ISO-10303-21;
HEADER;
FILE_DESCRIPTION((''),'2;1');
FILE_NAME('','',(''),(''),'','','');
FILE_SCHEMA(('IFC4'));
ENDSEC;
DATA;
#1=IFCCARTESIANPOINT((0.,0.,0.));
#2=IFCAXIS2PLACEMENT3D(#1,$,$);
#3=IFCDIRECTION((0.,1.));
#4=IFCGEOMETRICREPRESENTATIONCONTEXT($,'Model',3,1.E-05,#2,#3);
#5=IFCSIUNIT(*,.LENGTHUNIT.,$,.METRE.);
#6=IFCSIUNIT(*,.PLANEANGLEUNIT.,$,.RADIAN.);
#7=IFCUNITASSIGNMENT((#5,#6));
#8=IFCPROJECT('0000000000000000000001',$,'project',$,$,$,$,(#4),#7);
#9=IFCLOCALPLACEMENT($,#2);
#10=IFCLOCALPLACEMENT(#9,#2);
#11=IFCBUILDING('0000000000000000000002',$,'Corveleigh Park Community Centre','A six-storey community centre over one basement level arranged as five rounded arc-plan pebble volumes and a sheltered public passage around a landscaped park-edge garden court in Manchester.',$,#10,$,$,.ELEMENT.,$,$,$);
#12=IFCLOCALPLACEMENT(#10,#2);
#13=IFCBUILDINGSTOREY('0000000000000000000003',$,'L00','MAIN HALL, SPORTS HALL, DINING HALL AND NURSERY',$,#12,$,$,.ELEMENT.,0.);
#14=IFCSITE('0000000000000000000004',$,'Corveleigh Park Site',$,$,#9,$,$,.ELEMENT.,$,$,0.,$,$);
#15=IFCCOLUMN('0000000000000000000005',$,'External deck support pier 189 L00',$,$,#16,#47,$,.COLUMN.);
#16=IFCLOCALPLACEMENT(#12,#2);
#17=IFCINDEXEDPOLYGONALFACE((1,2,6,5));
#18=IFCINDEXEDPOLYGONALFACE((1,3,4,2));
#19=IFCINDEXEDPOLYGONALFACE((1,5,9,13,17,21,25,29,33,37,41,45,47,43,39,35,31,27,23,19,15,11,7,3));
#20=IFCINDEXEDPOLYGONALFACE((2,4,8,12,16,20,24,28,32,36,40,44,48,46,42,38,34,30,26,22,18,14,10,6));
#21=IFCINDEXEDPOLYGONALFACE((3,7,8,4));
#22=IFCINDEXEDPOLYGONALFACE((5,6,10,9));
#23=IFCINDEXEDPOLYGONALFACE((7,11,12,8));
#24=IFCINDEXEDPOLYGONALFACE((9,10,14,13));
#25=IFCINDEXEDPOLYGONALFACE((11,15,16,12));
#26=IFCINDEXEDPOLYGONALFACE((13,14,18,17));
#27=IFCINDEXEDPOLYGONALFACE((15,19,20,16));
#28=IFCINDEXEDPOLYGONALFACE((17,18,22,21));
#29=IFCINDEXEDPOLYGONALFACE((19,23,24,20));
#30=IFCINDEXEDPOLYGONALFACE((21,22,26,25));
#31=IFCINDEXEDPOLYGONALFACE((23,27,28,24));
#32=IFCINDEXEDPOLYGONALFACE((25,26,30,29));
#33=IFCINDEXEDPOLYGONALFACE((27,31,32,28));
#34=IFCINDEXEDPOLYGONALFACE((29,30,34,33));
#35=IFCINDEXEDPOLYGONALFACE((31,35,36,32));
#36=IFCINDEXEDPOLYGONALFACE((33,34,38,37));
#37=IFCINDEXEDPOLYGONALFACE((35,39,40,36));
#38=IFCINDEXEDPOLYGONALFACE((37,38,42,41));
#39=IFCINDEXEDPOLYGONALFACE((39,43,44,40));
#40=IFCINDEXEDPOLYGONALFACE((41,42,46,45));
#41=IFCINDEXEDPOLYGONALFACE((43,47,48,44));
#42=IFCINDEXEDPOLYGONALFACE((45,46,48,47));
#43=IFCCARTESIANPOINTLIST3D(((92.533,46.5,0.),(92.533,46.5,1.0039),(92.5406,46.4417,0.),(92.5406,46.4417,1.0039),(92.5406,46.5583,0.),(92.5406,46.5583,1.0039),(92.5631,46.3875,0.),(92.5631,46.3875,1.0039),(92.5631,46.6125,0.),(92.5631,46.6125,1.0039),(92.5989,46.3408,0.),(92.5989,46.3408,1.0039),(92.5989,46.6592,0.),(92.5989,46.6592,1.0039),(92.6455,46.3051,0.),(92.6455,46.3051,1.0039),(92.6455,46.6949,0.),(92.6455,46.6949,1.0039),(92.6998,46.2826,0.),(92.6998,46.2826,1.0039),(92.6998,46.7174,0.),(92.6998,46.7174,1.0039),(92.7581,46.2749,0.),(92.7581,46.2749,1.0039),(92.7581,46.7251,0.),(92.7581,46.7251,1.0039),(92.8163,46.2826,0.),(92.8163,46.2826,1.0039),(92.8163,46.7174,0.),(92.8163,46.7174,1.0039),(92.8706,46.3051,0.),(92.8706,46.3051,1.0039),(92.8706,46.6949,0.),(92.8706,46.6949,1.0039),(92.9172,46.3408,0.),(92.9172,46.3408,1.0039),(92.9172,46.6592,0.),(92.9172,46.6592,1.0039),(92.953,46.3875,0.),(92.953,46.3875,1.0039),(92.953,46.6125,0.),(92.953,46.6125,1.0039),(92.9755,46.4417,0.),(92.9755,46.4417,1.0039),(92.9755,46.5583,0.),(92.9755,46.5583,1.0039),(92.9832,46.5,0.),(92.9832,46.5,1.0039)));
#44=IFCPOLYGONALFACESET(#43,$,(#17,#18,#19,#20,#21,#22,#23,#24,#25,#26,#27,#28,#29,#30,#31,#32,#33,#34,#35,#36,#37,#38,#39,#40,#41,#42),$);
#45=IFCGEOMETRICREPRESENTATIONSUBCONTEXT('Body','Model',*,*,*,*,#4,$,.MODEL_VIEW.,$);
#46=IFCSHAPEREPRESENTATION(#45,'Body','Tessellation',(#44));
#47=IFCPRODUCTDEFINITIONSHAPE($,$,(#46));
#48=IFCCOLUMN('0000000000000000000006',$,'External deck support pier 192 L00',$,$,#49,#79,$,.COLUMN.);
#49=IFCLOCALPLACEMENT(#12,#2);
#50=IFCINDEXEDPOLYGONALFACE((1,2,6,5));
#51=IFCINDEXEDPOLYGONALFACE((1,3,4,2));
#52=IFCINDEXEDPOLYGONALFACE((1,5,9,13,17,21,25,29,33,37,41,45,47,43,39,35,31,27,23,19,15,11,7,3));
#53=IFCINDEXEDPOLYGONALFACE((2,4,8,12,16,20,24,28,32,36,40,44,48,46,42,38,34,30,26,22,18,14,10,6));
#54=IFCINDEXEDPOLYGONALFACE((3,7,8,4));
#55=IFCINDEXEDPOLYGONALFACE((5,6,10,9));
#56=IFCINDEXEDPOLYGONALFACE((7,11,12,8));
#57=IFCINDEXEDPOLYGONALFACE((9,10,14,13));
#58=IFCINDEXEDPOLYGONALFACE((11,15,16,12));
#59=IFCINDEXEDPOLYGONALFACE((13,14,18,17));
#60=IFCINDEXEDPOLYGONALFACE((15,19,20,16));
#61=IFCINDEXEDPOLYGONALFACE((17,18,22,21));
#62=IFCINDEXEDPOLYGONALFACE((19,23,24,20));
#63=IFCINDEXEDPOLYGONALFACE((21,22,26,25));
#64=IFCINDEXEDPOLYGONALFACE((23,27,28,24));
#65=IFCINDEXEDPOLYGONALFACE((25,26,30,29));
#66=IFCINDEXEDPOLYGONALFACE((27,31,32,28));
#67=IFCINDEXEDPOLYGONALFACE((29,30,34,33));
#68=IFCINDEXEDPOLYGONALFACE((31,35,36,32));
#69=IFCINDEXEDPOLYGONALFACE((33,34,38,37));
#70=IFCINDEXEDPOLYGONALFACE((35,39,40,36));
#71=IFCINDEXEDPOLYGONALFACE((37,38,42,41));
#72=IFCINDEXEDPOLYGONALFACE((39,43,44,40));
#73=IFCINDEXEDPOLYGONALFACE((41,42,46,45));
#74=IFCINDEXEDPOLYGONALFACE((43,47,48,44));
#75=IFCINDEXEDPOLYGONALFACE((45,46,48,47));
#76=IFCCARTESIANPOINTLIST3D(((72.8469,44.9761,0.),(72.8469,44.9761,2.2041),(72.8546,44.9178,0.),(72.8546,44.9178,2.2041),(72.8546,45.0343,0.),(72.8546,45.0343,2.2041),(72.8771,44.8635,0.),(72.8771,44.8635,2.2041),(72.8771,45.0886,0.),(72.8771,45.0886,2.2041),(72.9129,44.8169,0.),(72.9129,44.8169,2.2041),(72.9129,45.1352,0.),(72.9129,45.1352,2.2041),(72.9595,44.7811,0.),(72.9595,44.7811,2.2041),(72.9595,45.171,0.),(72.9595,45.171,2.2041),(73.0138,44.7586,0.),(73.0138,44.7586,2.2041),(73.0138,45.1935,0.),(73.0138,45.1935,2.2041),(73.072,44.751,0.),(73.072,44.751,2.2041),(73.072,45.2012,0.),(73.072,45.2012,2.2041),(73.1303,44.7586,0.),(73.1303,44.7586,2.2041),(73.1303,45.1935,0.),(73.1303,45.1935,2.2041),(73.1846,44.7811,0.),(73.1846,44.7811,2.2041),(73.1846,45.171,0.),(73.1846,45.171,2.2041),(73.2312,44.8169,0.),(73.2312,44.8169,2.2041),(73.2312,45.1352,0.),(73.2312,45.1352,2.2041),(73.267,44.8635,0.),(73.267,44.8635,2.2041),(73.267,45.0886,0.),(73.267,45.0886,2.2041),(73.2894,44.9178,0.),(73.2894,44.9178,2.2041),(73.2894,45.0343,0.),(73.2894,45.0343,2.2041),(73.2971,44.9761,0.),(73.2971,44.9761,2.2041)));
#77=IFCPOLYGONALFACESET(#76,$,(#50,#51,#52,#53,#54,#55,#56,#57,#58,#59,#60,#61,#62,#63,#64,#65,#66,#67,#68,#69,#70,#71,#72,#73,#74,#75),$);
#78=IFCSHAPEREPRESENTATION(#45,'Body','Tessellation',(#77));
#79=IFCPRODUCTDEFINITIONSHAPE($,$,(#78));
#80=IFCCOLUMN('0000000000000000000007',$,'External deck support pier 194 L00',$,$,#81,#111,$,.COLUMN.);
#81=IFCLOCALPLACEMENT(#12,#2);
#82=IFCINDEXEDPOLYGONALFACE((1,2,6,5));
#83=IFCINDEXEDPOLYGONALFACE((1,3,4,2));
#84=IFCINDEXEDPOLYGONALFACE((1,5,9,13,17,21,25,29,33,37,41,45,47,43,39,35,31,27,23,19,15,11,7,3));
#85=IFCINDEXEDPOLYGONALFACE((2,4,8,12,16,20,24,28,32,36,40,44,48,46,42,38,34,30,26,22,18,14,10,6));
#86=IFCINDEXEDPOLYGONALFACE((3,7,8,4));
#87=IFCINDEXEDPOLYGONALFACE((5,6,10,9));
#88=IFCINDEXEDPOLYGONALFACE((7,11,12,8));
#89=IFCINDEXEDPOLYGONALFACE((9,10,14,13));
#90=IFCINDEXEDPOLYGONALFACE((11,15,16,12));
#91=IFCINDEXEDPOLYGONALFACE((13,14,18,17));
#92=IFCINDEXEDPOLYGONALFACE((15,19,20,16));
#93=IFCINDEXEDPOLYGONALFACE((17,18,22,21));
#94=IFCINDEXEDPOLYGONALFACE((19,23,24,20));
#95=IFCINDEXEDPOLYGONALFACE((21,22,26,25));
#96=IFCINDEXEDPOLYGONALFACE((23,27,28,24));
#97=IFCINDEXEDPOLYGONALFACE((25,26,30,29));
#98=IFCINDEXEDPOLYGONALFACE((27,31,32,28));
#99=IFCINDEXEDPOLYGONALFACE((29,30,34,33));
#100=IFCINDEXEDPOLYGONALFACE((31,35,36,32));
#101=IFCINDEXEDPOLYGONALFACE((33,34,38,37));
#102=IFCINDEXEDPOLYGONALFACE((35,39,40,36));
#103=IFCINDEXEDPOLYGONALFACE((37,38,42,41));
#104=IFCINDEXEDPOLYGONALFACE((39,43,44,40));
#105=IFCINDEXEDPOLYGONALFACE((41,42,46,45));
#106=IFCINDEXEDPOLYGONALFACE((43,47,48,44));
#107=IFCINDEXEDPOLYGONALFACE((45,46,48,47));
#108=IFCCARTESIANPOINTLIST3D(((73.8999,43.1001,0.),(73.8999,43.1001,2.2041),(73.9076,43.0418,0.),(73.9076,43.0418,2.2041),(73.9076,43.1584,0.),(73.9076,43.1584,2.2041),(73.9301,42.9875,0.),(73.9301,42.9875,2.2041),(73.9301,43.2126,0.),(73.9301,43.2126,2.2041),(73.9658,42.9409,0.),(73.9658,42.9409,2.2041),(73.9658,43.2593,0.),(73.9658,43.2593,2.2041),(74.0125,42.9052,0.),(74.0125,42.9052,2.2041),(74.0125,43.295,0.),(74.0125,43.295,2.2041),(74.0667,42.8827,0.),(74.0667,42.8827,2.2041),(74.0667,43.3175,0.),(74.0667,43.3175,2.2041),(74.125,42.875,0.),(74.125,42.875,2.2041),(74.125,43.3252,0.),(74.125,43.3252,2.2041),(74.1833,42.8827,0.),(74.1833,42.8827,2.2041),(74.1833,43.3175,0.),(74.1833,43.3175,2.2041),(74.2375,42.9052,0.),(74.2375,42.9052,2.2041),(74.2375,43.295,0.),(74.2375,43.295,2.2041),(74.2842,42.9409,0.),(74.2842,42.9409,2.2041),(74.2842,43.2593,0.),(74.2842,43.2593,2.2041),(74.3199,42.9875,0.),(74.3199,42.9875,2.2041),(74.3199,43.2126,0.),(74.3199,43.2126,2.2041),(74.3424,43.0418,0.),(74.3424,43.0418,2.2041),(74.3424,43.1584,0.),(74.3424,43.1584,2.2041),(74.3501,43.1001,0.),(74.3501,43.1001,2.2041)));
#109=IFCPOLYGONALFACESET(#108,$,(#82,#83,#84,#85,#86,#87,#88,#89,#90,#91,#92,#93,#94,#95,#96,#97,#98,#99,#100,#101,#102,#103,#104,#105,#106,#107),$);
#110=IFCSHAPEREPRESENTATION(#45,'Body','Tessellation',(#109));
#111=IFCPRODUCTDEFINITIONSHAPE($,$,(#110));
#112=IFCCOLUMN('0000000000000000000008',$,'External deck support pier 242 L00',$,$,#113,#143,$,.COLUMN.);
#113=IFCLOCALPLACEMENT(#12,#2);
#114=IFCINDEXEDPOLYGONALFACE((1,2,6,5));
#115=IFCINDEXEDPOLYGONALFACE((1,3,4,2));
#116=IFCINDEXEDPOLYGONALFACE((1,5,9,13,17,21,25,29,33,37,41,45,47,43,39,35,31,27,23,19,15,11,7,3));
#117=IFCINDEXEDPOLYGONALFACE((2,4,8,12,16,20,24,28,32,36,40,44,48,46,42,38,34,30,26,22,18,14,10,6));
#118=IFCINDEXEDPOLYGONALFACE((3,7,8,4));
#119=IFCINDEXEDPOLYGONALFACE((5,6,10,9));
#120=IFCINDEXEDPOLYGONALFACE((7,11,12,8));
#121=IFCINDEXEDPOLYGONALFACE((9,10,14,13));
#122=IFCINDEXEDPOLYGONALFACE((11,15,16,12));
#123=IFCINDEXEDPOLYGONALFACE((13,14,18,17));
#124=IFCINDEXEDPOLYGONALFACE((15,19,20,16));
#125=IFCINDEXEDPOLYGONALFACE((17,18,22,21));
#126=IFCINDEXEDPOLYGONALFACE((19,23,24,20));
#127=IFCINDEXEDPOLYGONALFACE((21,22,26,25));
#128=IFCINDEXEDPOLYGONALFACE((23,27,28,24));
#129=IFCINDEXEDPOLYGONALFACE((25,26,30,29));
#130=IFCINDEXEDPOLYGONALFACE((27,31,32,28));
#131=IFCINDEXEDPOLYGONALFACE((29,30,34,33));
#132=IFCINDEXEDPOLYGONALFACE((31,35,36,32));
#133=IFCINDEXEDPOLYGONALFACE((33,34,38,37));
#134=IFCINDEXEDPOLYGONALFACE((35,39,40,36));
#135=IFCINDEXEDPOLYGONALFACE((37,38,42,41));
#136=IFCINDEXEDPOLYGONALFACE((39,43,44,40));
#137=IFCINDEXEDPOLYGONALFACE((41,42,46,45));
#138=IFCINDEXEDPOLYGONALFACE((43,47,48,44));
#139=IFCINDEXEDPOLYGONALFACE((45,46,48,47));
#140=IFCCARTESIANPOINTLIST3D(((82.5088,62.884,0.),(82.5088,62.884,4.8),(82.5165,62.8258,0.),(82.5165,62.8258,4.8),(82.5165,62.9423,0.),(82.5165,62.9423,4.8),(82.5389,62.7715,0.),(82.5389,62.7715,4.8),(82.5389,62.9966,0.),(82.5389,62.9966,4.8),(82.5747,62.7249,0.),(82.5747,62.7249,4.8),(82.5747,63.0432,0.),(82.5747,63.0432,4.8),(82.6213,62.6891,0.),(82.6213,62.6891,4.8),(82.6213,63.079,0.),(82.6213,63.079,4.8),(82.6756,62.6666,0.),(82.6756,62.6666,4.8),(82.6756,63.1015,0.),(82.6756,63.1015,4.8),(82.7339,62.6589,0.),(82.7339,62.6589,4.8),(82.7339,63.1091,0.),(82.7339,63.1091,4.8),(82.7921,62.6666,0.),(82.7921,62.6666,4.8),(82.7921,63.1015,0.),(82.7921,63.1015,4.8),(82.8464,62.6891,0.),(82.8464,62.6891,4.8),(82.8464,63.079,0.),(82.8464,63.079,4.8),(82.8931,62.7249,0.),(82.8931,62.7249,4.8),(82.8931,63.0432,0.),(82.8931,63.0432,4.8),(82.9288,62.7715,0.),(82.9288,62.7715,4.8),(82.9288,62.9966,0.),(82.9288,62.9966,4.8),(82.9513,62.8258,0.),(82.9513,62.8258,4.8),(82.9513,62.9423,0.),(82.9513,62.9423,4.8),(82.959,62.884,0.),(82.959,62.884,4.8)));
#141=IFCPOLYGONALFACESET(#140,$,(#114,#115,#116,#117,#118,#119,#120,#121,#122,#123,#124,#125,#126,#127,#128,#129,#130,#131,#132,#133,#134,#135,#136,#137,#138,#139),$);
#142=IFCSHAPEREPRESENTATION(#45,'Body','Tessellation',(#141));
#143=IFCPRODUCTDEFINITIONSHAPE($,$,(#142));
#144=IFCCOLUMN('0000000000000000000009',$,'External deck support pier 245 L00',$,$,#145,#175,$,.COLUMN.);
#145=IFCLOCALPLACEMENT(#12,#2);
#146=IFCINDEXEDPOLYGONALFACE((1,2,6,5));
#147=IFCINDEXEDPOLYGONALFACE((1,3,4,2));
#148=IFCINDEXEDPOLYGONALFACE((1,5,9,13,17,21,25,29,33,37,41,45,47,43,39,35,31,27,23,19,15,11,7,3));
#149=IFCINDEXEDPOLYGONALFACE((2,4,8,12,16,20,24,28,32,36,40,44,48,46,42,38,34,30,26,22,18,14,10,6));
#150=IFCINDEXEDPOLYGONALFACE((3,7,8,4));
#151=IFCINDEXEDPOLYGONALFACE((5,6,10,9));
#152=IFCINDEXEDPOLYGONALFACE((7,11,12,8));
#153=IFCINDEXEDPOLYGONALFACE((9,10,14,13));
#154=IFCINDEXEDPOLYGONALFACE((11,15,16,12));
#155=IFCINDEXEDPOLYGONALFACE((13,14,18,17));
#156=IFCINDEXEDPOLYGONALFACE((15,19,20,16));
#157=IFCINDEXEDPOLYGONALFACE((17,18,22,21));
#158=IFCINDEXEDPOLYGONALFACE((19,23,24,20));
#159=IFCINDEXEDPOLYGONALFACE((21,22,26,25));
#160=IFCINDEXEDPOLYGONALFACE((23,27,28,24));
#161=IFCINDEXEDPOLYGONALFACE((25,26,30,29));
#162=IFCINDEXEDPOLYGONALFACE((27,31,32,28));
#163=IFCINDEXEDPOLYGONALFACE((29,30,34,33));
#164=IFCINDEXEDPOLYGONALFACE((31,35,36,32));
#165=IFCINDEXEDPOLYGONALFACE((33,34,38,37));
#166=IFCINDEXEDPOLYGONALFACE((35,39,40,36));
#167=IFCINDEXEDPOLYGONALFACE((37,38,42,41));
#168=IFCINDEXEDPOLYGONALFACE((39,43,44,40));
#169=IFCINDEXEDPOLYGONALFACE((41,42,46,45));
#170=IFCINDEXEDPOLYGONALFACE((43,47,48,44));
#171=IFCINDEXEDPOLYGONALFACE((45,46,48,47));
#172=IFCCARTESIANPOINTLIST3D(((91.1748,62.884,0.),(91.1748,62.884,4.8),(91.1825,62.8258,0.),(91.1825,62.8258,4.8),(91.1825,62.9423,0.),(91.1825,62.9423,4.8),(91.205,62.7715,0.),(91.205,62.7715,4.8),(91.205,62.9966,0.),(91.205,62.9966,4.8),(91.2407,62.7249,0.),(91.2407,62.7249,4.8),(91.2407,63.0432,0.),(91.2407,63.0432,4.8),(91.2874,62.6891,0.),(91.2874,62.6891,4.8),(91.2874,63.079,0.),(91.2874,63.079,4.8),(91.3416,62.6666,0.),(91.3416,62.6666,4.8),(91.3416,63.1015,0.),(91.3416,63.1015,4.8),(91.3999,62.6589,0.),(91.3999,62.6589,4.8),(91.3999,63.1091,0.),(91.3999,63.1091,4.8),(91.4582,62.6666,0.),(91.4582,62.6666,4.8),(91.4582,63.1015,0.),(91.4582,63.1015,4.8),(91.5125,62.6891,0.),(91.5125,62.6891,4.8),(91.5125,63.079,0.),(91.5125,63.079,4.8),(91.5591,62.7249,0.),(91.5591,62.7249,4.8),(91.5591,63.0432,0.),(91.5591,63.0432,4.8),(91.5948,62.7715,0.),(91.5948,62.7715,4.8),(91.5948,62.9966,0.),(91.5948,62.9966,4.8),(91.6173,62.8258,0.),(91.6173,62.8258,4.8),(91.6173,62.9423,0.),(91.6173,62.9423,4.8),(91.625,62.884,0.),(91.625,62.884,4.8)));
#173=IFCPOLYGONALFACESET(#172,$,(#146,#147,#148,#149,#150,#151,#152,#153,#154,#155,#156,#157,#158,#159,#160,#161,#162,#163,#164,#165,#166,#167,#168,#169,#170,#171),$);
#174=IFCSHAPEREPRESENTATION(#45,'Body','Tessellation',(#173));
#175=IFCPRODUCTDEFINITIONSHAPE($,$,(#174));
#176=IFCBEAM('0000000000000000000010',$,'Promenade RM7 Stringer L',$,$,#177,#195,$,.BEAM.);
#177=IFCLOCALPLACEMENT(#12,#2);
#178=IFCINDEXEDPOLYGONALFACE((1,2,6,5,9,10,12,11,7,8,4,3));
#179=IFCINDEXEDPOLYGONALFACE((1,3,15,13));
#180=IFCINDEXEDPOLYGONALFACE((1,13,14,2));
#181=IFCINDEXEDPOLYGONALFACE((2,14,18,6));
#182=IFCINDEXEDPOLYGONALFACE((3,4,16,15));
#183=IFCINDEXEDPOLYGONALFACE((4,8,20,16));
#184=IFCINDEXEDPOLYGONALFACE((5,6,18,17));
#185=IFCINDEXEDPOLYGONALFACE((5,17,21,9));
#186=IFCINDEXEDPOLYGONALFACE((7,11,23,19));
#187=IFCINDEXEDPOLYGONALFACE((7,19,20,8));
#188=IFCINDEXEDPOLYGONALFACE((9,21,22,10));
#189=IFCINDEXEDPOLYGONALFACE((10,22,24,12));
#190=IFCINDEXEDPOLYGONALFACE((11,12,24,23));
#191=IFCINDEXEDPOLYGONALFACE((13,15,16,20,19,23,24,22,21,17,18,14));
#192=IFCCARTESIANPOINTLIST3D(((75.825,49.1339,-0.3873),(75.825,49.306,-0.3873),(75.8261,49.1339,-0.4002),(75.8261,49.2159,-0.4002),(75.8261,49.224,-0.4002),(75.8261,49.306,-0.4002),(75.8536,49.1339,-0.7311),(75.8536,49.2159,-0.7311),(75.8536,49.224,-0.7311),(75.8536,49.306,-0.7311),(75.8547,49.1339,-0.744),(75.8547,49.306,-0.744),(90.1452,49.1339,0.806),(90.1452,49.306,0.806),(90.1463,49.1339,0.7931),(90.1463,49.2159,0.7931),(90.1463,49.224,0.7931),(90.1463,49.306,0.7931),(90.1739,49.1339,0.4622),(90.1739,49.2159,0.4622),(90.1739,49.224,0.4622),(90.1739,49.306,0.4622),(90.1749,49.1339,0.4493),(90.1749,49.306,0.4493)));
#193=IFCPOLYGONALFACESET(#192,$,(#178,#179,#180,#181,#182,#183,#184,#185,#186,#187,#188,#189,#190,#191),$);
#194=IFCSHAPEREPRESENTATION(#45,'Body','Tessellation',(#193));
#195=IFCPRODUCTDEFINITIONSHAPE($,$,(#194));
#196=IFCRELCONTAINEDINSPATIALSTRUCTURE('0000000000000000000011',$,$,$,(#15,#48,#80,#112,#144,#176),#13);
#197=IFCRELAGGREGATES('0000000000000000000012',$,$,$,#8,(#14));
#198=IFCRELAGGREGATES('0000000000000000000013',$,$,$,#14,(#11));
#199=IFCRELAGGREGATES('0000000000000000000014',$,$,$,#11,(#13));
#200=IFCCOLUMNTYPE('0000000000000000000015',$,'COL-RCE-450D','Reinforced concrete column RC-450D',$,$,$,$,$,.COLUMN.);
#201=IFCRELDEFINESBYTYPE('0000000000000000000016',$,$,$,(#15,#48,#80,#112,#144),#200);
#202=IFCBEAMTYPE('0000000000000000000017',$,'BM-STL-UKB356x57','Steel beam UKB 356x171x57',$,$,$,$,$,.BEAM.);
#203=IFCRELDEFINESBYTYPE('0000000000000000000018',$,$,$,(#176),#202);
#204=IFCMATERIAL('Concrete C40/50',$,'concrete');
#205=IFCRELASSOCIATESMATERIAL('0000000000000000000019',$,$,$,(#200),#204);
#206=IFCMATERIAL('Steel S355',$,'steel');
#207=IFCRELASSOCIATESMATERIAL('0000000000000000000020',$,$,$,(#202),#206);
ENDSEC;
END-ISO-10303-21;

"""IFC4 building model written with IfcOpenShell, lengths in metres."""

from ifc_helpers import new_model, si_unit, direction, frame, origin, origin_2d, place, context, subcontext, project, spatial, circle, i_section, extrude, material, material_profile, profile_set, type_object, element, save


model = new_model("IFC4")

# Units and contexts
model_context = context("Model", 3, precision=1e-05, world=origin(), true_north=direction((0.0, 1.0)))
body_context = subcontext(model_context, "Body", "Model", "MODEL_VIEW")
ifc_project = project(units=[si_unit("LENGTHUNIT", "METRE"), si_unit("PLANEANGLEUNIT", "RADIAN")], contexts=[model_context])

# Site, building, storey
site_placement = place(None, origin())
site = spatial("IfcSite", under=ifc_project, at=site_placement, Name="Corveleigh Park Site", CompositionType="ELEMENT", RefElevation=0.0)
building_placement = place(site_placement, origin())
building = spatial("IfcBuilding", under=site, at=building_placement, Name="Corveleigh Park Community Centre", Description="A six-storey community centre over one basement level arranged as five rounded arc-plan pebble volumes and a sheltered public passage around a landscaped park-edge garden court in Manchester.", CompositionType="ELEMENT")
storey_placement = place(building_placement, origin())
storey = spatial("IfcBuildingStorey", under=building, at=storey_placement, Name="L00", Description="MAIN HALL, SPORTS HALL, DINING HALL AND NURSERY", CompositionType="ELEMENT", Elevation=0.0)

# Columns
ifc_material_1 = material(Name="Concrete C40/50", Category="concrete")
ifc_material_profile_1 = material_profile(ifc_material_1, circle(Radius=0.2251, at=origin_2d()), Name="RC-450D", Category="concrete")
ifc_profile_set_1 = profile_set([ifc_material_profile_1], Name="Concrete C40/50")
column_type = type_object("IfcColumnType", Name="COL-RCE-450D", Description="Reinforced concrete column RC-450D", PredefinedType="COLUMN", material=ifc_profile_set_1)
for number, where, z_axis, x_axis, name in (
    (1, (92.7581, 46.5, 0.0), (0.0, 0.0, 1.0), (1.0, 0.0, 0.0), "External deck support pier 189 L00"),
):
    element("IfcColumn", number, at=place(storey_placement, frame(where, z_axis=z_axis, x_axis=x_axis)), inside=storey, type_object=column_type, Name=name, PredefinedType="COLUMN", context=body_context, shape_type="SweptSolid", body=[
        extrude(circle(Radius=0.2251, at=origin_2d()), origin(), (0.0, 0.0, 1.0), 1.0039),
    ])
for number, where, z_axis, x_axis, name in (
    (2, (73.072, 44.9761, 0.0), (0.0, 0.0, 1.0), (1.0, 0.0, 0.0), "External deck support pier 192 L00"),
    (3, (74.125, 43.1001, 0.0), (0.0, 0.0, 1.0), (1.0, 0.0, 0.0), "External deck support pier 194 L00"),
):
    element("IfcColumn", number, at=place(storey_placement, frame(where, z_axis=z_axis, x_axis=x_axis)), inside=storey, type_object=column_type, Name=name, PredefinedType="COLUMN", context=body_context, shape_type="SweptSolid", body=[
        extrude(circle(Radius=0.2251, at=origin_2d()), origin(), (0.0, 0.0, 1.0), 2.2041),
    ])
for number, where, z_axis, x_axis, name in (
    (4, (82.7339, 62.884, 0.0), (0.0, 0.0, 1.0), (1.0, 0.0, 0.0), "External deck support pier 242 L00"),
    (5, (91.3999, 62.884, 0.0), (0.0, 0.0, 1.0), (1.0, 0.0, 0.0), "External deck support pier 245 L00"),
):
    element("IfcColumn", number, at=place(storey_placement, frame(where, z_axis=z_axis, x_axis=x_axis)), inside=storey, type_object=column_type, Name=name, PredefinedType="COLUMN", context=body_context, shape_type="SweptSolid", body=[
        extrude(circle(Radius=0.2251, at=origin_2d()), origin(), (0.0, 0.0, 1.0), 4.8),
    ])

# Beam
ifc_material_2 = material(Name="Steel S355", Category="steel")
ifc_material_profile_2 = material_profile(ifc_material_2, i_section(OverallWidth=0.1721, OverallDepth=0.3579, WebThickness=0.0081, FlangeThickness=0.0129, at=origin_2d()), Name="UKB 356x171x57", Category="steel")
ifc_profile_set_2 = profile_set([ifc_material_profile_2], Name="Steel S355")
beam_type = type_object("IfcBeamType", Name="BM-STL-UKB356x57", Description="Steel beam UKB 356x171x57", PredefinedType="BEAM", material=ifc_profile_set_2)
for number, where, z_axis, x_axis, name in (
    (6, (75.8398, 49.22, -0.5657), (0.996546, 0.0, 0.083045), (0.0, 1.0, 0.0), "Promenade RM7 Stringer L"),
):
    element("IfcBeam", number, at=place(storey_placement, frame(where, z_axis=z_axis, x_axis=x_axis)), inside=storey, type_object=beam_type, Name=name, PredefinedType="BEAM", context=body_context, shape_type="SweptSolid", body=[
        extrude(i_section(OverallWidth=0.1721, OverallDepth=0.3579, WebThickness=0.0081, FlangeThickness=0.0129, at=origin_2d()), origin(), (0.0, 0.0, 1.0), 14.3699),
    ])

save(model, "model.ifc")
